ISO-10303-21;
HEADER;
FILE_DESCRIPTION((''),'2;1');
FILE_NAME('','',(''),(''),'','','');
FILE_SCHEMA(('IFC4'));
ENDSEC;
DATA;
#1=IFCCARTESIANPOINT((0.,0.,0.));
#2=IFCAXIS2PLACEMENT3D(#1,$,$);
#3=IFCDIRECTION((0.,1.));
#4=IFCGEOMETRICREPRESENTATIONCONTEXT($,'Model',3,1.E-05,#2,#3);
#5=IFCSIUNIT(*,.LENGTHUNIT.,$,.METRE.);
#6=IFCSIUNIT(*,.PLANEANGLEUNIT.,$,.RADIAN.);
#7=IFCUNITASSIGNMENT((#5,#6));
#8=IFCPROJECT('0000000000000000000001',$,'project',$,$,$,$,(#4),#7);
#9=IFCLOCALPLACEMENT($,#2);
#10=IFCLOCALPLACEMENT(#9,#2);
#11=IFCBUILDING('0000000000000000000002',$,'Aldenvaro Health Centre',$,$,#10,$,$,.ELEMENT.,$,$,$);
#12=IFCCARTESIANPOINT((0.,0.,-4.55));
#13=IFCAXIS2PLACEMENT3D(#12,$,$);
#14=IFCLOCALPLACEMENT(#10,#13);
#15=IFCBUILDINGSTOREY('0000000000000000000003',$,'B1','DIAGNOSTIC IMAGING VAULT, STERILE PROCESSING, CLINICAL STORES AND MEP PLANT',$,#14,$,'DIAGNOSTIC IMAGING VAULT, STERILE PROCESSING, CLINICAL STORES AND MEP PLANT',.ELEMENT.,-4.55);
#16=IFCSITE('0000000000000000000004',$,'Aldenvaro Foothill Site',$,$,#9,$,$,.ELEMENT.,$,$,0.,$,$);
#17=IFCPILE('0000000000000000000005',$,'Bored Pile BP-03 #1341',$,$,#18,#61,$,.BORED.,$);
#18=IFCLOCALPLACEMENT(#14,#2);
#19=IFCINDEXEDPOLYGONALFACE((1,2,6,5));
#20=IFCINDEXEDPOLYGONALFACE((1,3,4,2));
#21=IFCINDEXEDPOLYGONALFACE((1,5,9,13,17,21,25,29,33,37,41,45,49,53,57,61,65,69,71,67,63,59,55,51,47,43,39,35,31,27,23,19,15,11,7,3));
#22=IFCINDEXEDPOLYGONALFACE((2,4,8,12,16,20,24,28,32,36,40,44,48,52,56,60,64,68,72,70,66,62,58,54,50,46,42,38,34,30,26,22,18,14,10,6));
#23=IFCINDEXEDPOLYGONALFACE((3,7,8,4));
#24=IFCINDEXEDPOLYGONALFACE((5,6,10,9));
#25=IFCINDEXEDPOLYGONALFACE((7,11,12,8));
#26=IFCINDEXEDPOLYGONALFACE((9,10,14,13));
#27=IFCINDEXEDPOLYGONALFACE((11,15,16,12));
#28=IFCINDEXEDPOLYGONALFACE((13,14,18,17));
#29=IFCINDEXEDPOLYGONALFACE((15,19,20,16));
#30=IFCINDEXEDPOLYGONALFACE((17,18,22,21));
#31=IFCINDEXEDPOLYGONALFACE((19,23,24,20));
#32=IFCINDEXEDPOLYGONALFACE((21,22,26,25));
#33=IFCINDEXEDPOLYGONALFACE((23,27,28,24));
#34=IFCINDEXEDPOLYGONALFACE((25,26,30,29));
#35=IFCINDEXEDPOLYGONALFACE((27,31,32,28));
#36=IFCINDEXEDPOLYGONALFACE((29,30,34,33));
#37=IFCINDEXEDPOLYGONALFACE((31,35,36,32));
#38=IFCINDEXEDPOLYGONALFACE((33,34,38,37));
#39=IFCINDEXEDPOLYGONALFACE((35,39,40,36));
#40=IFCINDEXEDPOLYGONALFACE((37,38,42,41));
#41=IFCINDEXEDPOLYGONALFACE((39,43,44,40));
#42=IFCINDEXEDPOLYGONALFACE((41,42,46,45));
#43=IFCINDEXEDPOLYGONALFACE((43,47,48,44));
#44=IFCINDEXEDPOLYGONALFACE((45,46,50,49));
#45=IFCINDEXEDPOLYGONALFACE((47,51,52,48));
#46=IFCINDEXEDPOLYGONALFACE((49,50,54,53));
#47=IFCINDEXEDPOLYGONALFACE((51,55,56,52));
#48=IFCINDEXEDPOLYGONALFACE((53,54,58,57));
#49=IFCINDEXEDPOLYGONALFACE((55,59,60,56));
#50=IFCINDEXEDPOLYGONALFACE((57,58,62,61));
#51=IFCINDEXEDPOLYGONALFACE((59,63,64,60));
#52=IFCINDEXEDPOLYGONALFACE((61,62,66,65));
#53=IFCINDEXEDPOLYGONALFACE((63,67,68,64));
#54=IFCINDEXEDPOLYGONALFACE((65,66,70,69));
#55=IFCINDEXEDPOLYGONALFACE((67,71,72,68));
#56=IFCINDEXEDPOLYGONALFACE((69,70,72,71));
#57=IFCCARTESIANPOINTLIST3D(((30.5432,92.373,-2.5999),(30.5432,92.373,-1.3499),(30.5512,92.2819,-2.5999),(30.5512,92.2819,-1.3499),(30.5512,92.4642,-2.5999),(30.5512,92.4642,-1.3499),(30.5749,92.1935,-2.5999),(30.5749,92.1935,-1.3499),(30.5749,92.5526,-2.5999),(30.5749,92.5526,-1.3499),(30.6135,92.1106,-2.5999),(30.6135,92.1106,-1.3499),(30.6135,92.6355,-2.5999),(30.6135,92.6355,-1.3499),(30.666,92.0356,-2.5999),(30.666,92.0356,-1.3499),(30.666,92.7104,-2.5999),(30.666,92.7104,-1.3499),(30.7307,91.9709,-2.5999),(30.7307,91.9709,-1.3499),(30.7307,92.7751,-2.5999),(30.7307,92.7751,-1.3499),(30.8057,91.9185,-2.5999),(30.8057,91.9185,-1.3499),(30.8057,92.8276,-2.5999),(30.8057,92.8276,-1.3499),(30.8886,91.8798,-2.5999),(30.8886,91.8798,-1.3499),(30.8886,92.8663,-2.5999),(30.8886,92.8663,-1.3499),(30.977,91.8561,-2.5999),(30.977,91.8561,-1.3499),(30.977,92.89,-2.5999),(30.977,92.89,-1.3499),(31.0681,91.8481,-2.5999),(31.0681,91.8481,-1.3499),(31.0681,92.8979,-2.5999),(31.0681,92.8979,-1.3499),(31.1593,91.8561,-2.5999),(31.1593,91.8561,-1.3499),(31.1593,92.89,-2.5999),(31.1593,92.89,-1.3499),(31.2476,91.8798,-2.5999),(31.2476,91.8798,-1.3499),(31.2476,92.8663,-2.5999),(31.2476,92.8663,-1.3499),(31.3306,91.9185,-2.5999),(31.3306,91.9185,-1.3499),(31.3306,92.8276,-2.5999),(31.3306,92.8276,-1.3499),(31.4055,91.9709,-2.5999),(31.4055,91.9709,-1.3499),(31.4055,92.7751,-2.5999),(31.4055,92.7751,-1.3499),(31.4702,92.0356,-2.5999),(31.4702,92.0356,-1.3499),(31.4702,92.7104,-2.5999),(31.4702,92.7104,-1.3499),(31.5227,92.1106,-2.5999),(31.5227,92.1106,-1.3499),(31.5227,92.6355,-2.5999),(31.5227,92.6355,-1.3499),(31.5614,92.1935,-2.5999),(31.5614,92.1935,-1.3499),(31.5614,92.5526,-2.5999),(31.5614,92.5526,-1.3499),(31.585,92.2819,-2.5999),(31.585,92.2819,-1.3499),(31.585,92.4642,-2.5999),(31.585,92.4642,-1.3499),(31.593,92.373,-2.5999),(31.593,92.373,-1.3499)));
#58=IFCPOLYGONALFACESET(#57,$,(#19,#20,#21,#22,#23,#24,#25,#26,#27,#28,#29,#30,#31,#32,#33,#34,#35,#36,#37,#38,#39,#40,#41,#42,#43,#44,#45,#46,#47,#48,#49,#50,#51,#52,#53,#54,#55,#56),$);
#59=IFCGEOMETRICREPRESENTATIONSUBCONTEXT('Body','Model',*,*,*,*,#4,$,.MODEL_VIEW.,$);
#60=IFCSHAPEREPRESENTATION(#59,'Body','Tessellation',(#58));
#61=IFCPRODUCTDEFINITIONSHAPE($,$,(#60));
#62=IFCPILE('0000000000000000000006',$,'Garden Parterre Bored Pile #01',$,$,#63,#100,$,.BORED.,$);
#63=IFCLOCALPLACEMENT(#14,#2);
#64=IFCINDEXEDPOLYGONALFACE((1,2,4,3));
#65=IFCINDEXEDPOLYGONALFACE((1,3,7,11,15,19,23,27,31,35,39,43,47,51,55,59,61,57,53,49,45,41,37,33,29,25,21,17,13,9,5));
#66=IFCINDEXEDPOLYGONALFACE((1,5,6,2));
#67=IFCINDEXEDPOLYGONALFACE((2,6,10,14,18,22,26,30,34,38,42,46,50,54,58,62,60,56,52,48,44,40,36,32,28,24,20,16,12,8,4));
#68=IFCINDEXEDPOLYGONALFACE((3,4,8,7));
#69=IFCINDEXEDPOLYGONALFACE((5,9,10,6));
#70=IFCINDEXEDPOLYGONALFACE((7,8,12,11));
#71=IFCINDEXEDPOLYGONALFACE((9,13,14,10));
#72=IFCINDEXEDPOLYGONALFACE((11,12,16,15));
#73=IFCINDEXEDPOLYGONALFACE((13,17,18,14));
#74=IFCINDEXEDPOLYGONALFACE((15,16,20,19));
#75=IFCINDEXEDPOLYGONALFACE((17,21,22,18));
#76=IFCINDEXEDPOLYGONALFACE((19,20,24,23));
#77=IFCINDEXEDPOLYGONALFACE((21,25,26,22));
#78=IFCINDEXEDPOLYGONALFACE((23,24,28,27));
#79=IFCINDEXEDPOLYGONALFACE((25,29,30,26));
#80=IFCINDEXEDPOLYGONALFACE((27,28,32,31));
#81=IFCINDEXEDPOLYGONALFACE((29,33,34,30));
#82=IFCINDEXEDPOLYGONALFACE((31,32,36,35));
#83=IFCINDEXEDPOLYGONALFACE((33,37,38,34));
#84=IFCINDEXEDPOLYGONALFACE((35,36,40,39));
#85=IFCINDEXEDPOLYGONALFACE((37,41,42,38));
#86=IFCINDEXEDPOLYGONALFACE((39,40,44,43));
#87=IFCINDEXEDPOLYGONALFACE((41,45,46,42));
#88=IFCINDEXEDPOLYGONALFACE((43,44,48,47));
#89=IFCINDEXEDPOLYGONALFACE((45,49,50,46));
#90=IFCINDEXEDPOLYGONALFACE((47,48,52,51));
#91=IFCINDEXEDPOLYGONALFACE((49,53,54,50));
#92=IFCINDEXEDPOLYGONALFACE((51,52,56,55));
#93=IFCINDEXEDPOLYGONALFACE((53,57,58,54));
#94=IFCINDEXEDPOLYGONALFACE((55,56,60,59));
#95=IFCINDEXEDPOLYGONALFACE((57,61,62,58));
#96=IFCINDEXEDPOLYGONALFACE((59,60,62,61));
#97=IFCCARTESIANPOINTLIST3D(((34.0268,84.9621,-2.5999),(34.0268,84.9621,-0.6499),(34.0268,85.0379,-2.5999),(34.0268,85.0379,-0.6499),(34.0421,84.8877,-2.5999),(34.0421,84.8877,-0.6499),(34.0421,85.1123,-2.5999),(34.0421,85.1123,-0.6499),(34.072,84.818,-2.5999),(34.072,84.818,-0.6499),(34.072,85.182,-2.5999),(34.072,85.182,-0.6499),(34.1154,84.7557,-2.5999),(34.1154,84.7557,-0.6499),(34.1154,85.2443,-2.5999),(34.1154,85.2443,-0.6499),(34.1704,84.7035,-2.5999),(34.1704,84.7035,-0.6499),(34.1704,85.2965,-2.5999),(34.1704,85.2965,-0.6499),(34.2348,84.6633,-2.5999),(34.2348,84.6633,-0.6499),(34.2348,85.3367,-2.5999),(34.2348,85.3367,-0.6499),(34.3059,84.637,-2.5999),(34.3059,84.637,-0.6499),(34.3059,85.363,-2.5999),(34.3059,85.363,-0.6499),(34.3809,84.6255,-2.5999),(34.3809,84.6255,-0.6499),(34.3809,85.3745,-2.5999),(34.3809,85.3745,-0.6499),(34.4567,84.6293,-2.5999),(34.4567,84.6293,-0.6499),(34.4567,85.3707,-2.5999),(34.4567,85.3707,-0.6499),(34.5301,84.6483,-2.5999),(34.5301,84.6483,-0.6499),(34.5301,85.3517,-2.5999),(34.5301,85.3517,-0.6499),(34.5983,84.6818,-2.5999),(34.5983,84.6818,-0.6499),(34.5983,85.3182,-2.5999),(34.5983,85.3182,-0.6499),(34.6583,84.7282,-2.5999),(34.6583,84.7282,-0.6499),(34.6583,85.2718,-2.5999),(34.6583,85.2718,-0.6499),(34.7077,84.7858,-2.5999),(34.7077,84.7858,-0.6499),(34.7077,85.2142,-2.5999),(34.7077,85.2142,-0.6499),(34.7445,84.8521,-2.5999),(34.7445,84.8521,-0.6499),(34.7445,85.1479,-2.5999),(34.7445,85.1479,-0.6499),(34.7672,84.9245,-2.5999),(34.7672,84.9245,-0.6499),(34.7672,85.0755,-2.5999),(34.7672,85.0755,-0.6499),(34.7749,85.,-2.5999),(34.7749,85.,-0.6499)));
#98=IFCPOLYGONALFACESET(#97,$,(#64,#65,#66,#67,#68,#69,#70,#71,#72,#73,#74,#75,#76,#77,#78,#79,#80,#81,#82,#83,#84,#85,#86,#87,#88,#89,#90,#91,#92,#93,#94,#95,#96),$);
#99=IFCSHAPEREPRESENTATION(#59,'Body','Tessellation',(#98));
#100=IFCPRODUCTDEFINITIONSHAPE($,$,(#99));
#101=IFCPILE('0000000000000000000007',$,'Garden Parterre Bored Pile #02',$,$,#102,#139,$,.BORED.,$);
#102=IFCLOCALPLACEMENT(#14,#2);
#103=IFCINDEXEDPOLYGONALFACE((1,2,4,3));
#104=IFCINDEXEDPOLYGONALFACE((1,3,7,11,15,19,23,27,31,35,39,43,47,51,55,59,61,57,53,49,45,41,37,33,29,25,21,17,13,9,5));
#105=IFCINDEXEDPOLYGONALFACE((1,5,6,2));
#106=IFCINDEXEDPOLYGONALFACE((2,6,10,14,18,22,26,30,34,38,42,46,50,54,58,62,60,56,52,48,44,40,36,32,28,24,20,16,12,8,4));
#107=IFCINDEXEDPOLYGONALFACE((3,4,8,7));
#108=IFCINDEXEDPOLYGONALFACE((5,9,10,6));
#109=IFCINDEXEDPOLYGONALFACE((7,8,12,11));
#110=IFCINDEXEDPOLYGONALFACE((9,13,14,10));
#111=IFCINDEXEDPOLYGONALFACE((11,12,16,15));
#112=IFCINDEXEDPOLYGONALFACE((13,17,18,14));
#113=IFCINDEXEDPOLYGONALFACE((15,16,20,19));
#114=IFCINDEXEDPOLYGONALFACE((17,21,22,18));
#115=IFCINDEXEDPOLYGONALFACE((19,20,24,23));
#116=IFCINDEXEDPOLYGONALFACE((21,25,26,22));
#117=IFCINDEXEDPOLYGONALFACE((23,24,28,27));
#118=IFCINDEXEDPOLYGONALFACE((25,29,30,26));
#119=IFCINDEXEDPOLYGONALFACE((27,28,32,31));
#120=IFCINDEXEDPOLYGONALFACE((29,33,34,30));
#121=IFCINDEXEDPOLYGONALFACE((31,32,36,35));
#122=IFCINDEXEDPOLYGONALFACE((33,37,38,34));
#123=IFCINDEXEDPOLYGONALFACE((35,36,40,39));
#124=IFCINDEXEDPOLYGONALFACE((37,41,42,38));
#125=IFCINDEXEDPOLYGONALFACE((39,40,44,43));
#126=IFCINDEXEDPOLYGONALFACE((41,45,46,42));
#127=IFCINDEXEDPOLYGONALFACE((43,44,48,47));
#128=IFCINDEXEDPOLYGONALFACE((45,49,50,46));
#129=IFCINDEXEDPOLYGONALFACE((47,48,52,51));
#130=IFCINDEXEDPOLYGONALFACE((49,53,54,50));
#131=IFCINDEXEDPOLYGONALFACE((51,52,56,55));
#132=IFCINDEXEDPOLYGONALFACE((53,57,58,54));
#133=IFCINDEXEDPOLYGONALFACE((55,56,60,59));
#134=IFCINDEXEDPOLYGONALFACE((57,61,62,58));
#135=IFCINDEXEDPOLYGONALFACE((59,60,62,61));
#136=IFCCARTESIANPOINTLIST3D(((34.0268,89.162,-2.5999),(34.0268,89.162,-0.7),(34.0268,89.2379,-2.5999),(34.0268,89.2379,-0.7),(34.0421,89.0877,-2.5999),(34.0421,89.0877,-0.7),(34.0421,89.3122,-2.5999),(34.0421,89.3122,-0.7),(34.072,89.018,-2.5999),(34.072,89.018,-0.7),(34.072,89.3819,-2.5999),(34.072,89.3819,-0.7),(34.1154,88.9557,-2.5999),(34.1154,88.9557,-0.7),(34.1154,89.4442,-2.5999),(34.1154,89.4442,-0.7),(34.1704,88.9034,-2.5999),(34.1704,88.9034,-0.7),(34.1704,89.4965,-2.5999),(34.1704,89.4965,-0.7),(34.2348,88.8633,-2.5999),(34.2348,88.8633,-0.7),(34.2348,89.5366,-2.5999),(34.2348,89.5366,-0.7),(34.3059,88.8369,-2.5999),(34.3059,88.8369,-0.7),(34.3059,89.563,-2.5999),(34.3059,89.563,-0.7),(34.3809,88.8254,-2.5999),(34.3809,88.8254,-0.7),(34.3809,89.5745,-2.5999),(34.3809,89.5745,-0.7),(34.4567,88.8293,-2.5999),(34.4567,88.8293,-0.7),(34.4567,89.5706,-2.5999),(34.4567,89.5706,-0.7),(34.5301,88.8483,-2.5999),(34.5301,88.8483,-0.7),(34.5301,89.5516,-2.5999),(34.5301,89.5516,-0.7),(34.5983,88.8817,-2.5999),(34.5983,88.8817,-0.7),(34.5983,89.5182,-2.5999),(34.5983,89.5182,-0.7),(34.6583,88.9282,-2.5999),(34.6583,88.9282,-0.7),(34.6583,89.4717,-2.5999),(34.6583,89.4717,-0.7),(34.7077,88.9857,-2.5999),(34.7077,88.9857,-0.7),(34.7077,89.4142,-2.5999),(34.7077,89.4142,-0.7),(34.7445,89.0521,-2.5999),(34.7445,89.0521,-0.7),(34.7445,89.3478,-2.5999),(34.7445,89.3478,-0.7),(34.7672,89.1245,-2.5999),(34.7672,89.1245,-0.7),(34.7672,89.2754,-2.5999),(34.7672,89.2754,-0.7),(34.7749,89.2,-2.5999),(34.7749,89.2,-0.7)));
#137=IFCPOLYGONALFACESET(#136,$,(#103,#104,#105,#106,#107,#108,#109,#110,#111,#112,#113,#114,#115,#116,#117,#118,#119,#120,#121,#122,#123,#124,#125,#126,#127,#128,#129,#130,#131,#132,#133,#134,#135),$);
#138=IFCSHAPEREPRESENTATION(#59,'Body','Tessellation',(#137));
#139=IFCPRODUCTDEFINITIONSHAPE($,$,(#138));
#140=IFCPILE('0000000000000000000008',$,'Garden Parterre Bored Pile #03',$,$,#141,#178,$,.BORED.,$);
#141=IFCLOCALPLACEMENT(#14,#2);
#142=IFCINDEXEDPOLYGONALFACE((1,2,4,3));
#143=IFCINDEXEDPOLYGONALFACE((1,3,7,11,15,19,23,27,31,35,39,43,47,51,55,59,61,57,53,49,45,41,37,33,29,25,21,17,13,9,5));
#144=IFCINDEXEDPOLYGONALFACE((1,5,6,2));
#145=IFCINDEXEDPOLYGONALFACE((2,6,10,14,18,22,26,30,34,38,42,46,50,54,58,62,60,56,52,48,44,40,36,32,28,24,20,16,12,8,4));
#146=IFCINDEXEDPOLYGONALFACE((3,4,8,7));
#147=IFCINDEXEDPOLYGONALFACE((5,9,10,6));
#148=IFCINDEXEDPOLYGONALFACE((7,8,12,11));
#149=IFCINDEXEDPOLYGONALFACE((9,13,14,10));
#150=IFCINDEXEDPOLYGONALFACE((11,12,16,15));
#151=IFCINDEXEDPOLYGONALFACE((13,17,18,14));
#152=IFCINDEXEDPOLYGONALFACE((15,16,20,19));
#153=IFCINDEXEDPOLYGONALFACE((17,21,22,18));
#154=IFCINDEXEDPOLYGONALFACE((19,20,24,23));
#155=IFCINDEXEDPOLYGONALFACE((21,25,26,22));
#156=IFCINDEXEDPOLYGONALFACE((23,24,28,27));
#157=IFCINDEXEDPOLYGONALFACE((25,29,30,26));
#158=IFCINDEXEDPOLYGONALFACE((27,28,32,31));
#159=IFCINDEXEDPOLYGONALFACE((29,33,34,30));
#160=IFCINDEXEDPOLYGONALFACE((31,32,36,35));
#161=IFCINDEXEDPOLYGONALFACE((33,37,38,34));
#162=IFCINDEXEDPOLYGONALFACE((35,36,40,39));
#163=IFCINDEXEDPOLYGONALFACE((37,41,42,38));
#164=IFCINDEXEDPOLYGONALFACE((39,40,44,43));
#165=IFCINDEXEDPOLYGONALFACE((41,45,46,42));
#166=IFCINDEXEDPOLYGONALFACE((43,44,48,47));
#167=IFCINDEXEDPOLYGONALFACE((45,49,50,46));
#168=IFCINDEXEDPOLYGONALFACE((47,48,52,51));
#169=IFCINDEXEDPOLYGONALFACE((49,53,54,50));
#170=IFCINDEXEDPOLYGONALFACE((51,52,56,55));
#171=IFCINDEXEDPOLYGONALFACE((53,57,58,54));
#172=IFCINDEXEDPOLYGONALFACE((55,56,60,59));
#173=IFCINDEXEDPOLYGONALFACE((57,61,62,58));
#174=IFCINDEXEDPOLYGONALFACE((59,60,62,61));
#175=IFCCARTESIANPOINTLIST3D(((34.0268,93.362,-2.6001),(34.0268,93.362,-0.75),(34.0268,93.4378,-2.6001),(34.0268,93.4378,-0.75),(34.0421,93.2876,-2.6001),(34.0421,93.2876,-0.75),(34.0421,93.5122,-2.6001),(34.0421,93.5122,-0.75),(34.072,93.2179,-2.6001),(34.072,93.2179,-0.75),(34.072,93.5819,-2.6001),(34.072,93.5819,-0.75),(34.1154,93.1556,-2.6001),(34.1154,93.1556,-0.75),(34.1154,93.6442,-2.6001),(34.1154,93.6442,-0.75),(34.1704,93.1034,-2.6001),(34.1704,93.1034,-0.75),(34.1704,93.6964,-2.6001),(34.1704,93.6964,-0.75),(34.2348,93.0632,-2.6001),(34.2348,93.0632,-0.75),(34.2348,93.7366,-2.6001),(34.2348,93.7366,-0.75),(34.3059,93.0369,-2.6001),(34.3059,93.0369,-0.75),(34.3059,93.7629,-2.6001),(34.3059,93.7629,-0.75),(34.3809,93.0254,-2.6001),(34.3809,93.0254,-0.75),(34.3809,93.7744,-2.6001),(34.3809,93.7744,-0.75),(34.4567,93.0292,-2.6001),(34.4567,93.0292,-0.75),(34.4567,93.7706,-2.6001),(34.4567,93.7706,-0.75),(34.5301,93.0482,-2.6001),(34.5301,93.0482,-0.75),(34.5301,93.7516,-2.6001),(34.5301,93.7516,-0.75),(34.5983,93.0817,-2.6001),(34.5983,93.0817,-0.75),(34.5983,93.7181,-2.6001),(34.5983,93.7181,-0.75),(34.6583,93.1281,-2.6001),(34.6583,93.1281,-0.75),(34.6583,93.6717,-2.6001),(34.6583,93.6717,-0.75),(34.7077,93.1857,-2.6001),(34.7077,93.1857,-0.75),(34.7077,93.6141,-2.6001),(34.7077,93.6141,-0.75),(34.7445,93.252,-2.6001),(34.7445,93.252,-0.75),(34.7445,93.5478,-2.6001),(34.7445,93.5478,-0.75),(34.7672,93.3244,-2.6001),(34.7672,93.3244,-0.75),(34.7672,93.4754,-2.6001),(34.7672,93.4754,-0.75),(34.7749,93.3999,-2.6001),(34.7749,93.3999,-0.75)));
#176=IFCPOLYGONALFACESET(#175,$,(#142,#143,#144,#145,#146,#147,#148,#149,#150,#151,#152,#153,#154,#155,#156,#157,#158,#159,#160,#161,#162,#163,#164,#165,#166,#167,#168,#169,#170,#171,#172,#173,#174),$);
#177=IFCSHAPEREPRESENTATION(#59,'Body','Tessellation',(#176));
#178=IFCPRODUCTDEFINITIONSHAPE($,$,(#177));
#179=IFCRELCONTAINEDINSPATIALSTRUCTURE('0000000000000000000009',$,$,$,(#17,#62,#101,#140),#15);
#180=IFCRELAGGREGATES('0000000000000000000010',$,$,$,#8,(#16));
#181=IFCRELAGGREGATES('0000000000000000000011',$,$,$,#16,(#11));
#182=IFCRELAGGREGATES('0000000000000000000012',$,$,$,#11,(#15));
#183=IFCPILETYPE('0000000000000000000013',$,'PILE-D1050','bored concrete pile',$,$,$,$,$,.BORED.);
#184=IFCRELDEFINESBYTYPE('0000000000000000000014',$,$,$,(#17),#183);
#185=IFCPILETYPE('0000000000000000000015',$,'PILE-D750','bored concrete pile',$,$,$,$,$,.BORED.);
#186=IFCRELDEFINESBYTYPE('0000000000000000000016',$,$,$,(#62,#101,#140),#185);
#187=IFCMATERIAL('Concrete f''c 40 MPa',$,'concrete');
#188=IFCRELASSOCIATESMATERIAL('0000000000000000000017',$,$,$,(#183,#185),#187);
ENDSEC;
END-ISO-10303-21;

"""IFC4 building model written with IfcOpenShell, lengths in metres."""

from ifc_helpers import new_model, si_unit, direction, frame, origin, origin_2d, place, context, subcontext, project, spatial, circle, extrude, material, material_profile, profile_set, type_object, element, save


model = new_model("IFC4")

# Units and contexts
model_context = context("Model", 3, precision=1e-05, world=origin(), true_north=direction((0.0, 1.0)))
body_context = subcontext(model_context, "Body", "Model", "MODEL_VIEW")
ifc_project = project(units=[si_unit("LENGTHUNIT", "METRE"), si_unit("PLANEANGLEUNIT", "RADIAN")], contexts=[model_context])

# Site, building, storey
site_placement = place(None, origin())
site = spatial("IfcSite", under=ifc_project, at=site_placement, Name="Aldenvaro Foothill Site", CompositionType="ELEMENT", RefElevation=0.0)
building_placement = place(site_placement, origin())
building = spatial("IfcBuilding", under=site, at=building_placement, Name="Aldenvaro Health Centre", CompositionType="ELEMENT")
storey_placement = place(building_placement, frame((0.0, 0.0, -4.55)))
storey = spatial("IfcBuildingStorey", under=building, at=storey_placement, Name="B1", Description="DIAGNOSTIC IMAGING VAULT, STERILE PROCESSING, CLINICAL STORES AND MEP PLANT", LongName="DIAGNOSTIC IMAGING VAULT, STERILE PROCESSING, CLINICAL STORES AND MEP PLANT", CompositionType="ELEMENT", Elevation=-4.55)

# Shared definitions
ifc_material_1 = material(Name="Concrete f'c 40 MPa", Category="concrete")

# Piles
ifc_material_profile_1 = material_profile(ifc_material_1, circle(Radius=0.5249, at=origin_2d()), Name="PILE D1050", Category="concrete")
ifc_profile_set_1 = profile_set([ifc_material_profile_1], Name="Concrete f'c 40 MPa")
pile_type_1 = type_object("IfcPileType", Name="PILE-D1050", Description="bored concrete pile", PredefinedType="BORED", material=ifc_profile_set_1)
for number, where, z_axis, x_axis, name in (
    (1, (31.0681, 92.373, -1.3499), (0.0, 0.0, -1.0), (1.0, 0.0, 0.0), "Bored Pile BP-03 #1341"),
):
    element("IfcPile", number, at=place(storey_placement, frame(where, z_axis=z_axis, x_axis=x_axis)), inside=storey, type_object=pile_type_1, Name=name, PredefinedType="BORED", context=body_context, shape_type="SweptSolid", body=[
        extrude(circle(Radius=0.5249, at=origin_2d()), origin(), (0.0, 0.0, 1.0), 1.25),
    ])
ifc_material_profile_2 = material_profile(ifc_material_1, circle(Radius=0.375, at=origin_2d()), Name="PILE D750", Category="concrete")
ifc_profile_set_2 = profile_set([ifc_material_profile_2], Name="Concrete f'c 40 MPa")
pile_type_2 = type_object("IfcPileType", Name="PILE-D750", Description="bored concrete pile", PredefinedType="BORED", material=ifc_profile_set_2)
pile_1_placement = place(storey_placement, frame((34.3999, 85.0, -0.6499), z_axis=(0.0, 0.0, -1.0), x_axis=(1.0, 0.0, 0.0)))
element("IfcPile", 2, at=pile_1_placement, inside=storey, type_object=pile_type_2, Name="Garden Parterre Bored Pile #01", PredefinedType="BORED", context=body_context, shape_type="SweptSolid", body=[
    extrude(circle(Radius=0.375, at=origin_2d()), origin(), (0.0, 0.0, 1.0), 1.95),
])
pile_2_placement = place(storey_placement, frame((34.3999, 89.2, -0.7), z_axis=(0.0, 0.0, -1.0), x_axis=(1.0, 0.0, 0.0)))
element("IfcPile", 3, at=pile_2_placement, inside=storey, type_object=pile_type_2, Name="Garden Parterre Bored Pile #02", PredefinedType="BORED", context=body_context, shape_type="SweptSolid", body=[
    extrude(circle(Radius=0.375, at=origin_2d()), origin(), (0.0, 0.0, 1.0), 1.8999),
])
pile_3_placement = place(storey_placement, frame((34.3999, 93.3999, -0.75), z_axis=(0.0, 0.0, -1.0), x_axis=(1.0, 0.0, 0.0)))
element("IfcPile", 4, at=pile_3_placement, inside=storey, type_object=pile_type_2, Name="Garden Parterre Bored Pile #03", PredefinedType="BORED", context=body_context, shape_type="SweptSolid", body=[
    extrude(circle(Radius=0.375, at=origin_2d()), origin(), (0.0, 0.0, 1.0), 1.8501),
])

save(model, "model.ifc")
